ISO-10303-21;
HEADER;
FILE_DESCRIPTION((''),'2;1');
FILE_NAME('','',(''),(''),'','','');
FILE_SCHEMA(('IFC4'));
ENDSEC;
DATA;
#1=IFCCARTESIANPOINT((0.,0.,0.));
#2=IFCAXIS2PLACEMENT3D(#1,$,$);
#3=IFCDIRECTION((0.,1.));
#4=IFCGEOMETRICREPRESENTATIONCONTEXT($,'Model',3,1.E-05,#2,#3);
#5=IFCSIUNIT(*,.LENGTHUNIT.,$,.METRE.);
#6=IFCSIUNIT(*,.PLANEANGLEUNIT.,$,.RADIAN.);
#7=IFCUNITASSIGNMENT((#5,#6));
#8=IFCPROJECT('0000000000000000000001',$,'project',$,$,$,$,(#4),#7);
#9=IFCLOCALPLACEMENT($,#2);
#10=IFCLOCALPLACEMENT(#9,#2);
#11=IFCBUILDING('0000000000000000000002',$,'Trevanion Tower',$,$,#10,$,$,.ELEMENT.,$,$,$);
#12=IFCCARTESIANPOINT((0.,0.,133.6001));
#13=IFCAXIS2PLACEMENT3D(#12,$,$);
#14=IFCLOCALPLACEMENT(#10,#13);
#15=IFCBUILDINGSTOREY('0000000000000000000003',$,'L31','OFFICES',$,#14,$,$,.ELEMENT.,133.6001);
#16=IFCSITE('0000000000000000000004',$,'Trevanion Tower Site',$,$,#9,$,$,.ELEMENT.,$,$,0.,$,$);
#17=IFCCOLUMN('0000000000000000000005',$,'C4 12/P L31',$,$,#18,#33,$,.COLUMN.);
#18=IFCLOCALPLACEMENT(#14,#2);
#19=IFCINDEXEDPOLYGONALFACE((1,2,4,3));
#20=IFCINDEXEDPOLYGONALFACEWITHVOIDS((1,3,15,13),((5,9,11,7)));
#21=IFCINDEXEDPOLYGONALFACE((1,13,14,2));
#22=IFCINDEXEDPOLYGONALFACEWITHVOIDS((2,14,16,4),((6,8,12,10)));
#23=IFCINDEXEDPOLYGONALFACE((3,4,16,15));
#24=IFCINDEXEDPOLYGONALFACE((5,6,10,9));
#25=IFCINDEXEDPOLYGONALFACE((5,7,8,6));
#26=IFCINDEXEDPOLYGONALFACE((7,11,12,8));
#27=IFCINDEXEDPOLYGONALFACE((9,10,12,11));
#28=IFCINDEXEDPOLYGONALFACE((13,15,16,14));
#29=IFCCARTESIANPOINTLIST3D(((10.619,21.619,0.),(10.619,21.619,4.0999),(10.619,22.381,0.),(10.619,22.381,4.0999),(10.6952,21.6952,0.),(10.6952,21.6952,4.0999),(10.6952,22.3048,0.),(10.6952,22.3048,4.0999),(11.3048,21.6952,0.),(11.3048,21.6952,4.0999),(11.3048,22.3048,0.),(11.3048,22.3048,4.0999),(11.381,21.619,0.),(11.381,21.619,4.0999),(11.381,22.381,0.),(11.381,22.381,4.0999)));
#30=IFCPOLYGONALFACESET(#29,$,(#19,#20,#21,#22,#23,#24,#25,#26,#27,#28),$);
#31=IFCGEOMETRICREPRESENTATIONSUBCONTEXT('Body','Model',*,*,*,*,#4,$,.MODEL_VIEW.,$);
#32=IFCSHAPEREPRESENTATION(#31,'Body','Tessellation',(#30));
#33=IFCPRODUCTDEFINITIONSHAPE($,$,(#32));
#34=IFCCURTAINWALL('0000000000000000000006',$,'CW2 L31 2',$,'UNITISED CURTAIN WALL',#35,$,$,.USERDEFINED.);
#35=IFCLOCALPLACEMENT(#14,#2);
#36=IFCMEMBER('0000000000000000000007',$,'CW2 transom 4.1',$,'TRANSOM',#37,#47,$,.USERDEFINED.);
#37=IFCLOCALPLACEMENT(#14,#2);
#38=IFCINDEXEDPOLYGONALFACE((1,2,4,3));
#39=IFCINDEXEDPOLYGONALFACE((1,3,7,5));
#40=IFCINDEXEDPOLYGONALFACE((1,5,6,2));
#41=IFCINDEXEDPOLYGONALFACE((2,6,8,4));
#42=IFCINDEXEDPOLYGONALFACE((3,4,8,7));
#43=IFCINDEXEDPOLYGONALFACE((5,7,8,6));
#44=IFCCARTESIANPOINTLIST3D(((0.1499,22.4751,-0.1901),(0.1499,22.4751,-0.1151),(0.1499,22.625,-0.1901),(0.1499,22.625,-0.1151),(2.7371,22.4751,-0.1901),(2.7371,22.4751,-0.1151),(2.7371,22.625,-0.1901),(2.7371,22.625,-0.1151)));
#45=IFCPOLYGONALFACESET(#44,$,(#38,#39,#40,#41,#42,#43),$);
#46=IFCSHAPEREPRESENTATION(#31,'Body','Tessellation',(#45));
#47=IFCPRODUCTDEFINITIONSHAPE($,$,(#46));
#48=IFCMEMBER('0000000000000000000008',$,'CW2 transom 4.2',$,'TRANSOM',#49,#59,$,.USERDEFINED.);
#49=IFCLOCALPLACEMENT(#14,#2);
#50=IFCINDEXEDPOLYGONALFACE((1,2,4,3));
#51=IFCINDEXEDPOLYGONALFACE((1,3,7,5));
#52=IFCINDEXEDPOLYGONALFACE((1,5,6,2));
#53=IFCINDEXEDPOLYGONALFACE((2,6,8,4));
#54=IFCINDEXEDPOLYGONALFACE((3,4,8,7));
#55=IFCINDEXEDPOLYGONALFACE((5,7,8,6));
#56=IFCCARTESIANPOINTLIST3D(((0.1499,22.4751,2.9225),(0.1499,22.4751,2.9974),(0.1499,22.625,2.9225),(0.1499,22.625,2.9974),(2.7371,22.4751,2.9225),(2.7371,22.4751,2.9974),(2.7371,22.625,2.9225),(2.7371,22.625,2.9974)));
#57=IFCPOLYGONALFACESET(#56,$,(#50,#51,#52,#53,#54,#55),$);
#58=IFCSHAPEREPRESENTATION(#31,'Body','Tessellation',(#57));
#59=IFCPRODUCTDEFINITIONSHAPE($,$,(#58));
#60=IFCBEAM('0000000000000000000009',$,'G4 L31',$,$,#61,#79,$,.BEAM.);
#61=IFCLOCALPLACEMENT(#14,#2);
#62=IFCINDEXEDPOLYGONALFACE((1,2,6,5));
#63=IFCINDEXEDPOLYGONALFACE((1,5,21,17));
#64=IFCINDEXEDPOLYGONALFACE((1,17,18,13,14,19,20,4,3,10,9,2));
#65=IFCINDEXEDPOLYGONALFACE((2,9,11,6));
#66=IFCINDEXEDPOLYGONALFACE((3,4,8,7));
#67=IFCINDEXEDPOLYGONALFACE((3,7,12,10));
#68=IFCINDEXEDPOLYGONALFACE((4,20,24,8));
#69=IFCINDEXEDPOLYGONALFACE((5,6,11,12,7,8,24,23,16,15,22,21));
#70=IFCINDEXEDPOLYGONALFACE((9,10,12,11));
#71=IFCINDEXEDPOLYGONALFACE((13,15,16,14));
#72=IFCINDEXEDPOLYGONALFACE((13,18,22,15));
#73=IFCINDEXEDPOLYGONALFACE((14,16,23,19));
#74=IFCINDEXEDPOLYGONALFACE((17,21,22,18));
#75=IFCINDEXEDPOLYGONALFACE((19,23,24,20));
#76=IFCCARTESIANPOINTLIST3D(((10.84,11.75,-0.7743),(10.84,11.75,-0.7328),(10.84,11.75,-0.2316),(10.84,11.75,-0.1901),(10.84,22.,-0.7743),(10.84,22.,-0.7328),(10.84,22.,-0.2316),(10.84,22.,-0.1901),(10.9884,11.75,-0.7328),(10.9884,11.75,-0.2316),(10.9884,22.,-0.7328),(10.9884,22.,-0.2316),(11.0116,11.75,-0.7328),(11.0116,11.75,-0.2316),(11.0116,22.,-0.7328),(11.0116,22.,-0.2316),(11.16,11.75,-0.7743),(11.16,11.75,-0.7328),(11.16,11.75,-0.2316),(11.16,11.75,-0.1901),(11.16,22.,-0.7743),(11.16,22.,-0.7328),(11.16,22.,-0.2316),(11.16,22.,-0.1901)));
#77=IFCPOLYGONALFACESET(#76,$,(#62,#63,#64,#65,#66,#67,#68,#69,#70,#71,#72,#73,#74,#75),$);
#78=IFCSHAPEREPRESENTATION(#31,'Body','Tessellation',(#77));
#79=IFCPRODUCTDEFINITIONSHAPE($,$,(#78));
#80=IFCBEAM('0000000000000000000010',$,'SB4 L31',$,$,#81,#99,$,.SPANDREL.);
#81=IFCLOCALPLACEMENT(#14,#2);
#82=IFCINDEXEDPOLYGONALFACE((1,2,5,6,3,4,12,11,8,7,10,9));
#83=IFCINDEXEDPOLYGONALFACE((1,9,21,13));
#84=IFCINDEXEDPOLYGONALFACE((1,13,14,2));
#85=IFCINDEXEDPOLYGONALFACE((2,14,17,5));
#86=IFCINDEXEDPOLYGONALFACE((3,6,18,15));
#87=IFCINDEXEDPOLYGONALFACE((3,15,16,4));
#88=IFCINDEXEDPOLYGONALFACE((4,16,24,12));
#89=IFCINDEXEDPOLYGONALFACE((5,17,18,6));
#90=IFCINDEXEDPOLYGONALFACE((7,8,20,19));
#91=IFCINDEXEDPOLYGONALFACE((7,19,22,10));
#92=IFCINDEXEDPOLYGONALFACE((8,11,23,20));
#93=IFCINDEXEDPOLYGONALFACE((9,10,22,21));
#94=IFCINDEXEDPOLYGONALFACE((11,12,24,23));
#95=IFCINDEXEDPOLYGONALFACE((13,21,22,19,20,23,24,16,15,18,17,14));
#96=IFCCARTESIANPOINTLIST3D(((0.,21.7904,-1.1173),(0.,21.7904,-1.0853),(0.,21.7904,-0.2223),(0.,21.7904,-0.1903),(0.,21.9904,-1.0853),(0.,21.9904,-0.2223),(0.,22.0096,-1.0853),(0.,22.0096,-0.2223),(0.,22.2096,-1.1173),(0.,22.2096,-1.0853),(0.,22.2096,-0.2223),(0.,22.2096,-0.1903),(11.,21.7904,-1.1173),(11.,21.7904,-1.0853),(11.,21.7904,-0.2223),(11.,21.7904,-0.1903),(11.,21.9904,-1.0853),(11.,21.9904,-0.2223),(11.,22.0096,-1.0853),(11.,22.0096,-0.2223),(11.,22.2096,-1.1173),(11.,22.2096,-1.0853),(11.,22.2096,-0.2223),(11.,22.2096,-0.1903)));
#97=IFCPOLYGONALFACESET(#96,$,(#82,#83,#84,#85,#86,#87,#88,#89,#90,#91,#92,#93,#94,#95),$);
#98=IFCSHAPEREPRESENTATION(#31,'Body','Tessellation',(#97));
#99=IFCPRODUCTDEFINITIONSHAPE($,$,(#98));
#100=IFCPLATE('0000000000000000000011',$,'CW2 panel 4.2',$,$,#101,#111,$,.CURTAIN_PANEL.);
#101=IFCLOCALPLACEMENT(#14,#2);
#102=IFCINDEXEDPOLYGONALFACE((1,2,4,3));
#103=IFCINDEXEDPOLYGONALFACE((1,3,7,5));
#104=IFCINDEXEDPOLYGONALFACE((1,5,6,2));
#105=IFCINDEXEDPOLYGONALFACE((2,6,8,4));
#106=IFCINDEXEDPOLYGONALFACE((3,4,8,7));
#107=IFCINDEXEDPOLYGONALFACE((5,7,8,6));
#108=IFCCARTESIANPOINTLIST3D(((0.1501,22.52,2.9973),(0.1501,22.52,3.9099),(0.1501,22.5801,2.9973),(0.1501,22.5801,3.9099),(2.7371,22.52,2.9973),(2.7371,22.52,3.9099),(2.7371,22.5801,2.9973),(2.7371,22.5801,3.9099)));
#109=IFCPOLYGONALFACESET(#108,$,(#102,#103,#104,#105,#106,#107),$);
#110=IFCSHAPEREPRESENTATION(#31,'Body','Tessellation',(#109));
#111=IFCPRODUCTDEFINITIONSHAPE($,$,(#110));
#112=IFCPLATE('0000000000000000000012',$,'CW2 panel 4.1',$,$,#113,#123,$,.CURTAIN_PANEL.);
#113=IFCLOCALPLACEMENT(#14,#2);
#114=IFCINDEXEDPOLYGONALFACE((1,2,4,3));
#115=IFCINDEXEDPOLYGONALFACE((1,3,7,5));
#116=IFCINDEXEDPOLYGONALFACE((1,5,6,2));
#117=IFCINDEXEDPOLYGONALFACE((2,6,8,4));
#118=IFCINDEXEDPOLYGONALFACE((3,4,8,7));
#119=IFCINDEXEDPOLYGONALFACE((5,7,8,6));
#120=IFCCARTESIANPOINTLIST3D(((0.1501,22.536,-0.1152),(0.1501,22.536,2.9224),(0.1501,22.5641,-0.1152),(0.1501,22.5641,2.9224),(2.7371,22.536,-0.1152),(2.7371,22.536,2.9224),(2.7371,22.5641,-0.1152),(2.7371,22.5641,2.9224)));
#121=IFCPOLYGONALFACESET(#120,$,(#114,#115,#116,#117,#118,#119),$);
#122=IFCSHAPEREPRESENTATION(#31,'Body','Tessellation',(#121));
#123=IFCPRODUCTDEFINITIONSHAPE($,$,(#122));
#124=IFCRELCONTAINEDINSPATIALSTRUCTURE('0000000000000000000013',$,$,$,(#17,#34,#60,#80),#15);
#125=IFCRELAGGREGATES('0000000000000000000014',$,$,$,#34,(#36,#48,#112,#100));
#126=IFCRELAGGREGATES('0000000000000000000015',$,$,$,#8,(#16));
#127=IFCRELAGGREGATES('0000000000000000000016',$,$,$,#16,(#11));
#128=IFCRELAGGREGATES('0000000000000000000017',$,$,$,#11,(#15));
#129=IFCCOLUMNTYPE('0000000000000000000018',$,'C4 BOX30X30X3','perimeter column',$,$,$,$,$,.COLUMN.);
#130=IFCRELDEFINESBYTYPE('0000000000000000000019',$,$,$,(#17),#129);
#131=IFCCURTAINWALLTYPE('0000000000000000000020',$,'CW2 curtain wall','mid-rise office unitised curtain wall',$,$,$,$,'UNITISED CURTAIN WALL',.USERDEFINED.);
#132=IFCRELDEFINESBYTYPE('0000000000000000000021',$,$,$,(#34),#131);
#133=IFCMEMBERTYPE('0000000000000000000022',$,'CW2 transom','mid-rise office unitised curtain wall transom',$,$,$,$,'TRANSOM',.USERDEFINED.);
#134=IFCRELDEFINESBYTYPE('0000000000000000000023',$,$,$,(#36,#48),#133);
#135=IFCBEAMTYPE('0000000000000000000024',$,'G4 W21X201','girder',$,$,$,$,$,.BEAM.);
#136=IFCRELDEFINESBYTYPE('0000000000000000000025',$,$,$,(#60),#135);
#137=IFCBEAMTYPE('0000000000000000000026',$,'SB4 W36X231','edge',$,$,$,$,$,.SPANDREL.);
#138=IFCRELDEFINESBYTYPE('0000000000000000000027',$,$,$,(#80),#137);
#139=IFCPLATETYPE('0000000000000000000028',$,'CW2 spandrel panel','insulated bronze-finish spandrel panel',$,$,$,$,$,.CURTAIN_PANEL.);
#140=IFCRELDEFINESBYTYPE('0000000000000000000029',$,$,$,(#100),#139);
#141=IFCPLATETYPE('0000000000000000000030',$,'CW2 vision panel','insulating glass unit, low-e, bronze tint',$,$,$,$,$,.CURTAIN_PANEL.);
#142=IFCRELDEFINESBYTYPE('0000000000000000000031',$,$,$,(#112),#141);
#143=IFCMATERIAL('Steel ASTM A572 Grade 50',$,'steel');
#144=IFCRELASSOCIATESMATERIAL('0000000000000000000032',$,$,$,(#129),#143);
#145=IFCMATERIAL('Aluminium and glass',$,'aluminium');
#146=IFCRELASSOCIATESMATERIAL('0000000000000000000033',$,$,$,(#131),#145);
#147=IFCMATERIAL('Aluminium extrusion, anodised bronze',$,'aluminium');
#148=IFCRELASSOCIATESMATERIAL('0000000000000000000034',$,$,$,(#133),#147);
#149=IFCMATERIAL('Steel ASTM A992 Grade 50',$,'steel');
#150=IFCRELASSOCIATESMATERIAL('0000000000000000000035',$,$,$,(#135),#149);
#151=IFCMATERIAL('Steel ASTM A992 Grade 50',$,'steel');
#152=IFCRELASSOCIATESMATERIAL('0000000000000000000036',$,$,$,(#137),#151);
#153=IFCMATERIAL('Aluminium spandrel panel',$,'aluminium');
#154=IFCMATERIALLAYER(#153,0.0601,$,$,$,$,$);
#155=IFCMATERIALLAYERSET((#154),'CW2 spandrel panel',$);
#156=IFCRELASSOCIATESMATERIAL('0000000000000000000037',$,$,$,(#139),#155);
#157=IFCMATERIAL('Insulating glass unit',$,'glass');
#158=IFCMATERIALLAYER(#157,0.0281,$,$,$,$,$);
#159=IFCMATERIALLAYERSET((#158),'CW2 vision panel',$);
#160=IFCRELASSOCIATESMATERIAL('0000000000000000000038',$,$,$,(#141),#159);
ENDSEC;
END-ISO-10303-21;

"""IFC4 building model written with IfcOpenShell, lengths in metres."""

from ifc_helpers import new_model, si_unit, direction, frame, origin, origin_2d, place, context, subcontext, project, spatial, rectangle, hollow_rectangle, i_section, extrude, material, layer, layer_set, material_profile, profile_set, type_object, element, aggregate, save


model = new_model("IFC4")

# Units and contexts
model_context = context("Model", 3, precision=1e-05, world=origin(), true_north=direction((0.0, 1.0)))
body_context = subcontext(model_context, "Body", "Model", "MODEL_VIEW")
ifc_project = project(units=[si_unit("LENGTHUNIT", "METRE"), si_unit("PLANEANGLEUNIT", "RADIAN")], contexts=[model_context])

# Site, building, storey
site_placement = place(None, origin())
site = spatial("IfcSite", under=ifc_project, at=site_placement, Name="Trevanion Tower Site", CompositionType="ELEMENT", RefElevation=0.0)
building_placement = place(site_placement, origin())
building = spatial("IfcBuilding", under=site, at=building_placement, Name="Trevanion Tower", CompositionType="ELEMENT")
storey_placement = place(building_placement, frame((0.0, 0.0, 133.6001)))
storey = spatial("IfcBuildingStorey", under=building, at=storey_placement, Name="L31", Description="OFFICES", CompositionType="ELEMENT", Elevation=133.6001)

# Column
ifc_material_1 = material(Name="Steel ASTM A572 Grade 50", Category="steel")
ifc_material_profile_1 = material_profile(ifc_material_1, hollow_rectangle(XDim=0.762, YDim=0.762, WallThickness=0.0762, at=origin_2d()), Name="BOX30X30X3")
ifc_profile_set_1 = profile_set([ifc_material_profile_1], Name="Steel ASTM A572 Grade 50")
column_type = type_object("IfcColumnType", Name="C4 BOX30X30X3", Description="perimeter column", PredefinedType="COLUMN", material=ifc_profile_set_1)
column_placement = place(storey_placement, frame((11.0, 22.0, 0.0), z_axis=(0.0, 0.0, 1.0), x_axis=(1.0, 0.0, 0.0)))
element("IfcColumn", 1, at=column_placement, inside=storey, type_object=column_type, Name="C4 12/P L31", PredefinedType="COLUMN", context=body_context, shape_type="SweptSolid", body=[
    extrude(hollow_rectangle(XDim=0.762, YDim=0.762, WallThickness=0.0762, at=origin_2d()), origin(), (0.0, 0.0, 1.0), 4.0999),
])

# Curtain wall, members
ifc_material_2 = material(Name="Aluminium and glass", Category="aluminium")
curtain_wall_type = type_object("IfcCurtainWallType", Name="CW2 curtain wall", Description="mid-rise office unitised curtain wall", ElementType="UNITISED CURTAIN WALL", PredefinedType="USERDEFINED", material=ifc_material_2)
curtain_wall_placement = place(storey_placement, origin())
curtain_wall = element("IfcCurtainWall", 2, at=curtain_wall_placement, inside=storey, type_object=curtain_wall_type, Name="CW2 L31 2", ObjectType="UNITISED CURTAIN WALL", PredefinedType="USERDEFINED")
ifc_material_3 = material(Name="Aluminium extrusion, anodised bronze", Category="aluminium")
ifc_material_profile_2 = material_profile(ifc_material_3, rectangle(XDim=0.1499, YDim=0.075, at=origin_2d()), Name="CW2 transom")
ifc_profile_set_2 = profile_set([ifc_material_profile_2], Name="Aluminium extrusion, anodised bronze")
member_type = type_object("IfcMemberType", Name="CW2 transom", Description="mid-rise office unitised curtain wall transom", ElementType="TRANSOM", PredefinedType="USERDEFINED", material=ifc_profile_set_2)
member_1_placement = place(storey_placement, frame((2.7371, 22.55, -0.1526), z_axis=(-1.0, 0.0, 0.0), x_axis=(0.0, -1.0, 0.0)))
member_1 = element("IfcMember", 3, at=member_1_placement, type_object=member_type, Name="CW2 transom 4.1", ObjectType="TRANSOM", PredefinedType="USERDEFINED", context=body_context, shape_type="SweptSolid", body=[
    extrude(rectangle(XDim=0.1499, YDim=0.075, at=origin_2d()), origin(), (0.0, 0.0, 1.0), 2.5872),
])
member_2_placement = place(storey_placement, frame((2.7371, 22.55, 2.96), z_axis=(-1.0, 0.0, 0.0), x_axis=(0.0, -1.0, 0.0)))
member_2 = element("IfcMember", 4, at=member_2_placement, type_object=member_type, Name="CW2 transom 4.2", ObjectType="TRANSOM", PredefinedType="USERDEFINED", context=body_context, shape_type="SweptSolid", body=[
    extrude(rectangle(XDim=0.1499, YDim=0.075, at=origin_2d()), origin(), (0.0, 0.0, 1.0), 2.5872),
])

# Beams
ifc_material_4 = material(Name="Steel ASTM A992 Grade 50", Category="steel")
ifc_material_profile_3 = material_profile(ifc_material_4, i_section(OverallWidth=0.3201, OverallDepth=0.5842, WebThickness=0.0232, FlangeThickness=0.0415, at=origin_2d()), Name="W21X201")
ifc_profile_set_3 = profile_set([ifc_material_profile_3], Name="Steel ASTM A992 Grade 50")
beam_type_1 = type_object("IfcBeamType", Name="G4 W21X201", Description="girder", PredefinedType="BEAM", material=ifc_profile_set_3)
beam_1_placement = place(storey_placement, frame((11.0, 11.75, -0.4822), z_axis=(0.0, 1.0, 0.0), x_axis=(-1.0, 0.0, 0.0)))
element("IfcBeam", 5, at=beam_1_placement, inside=storey, type_object=beam_type_1, Name="G4 L31", PredefinedType="BEAM", context=body_context, shape_type="SweptSolid", body=[
    extrude(i_section(OverallWidth=0.3201, OverallDepth=0.5842, WebThickness=0.0232, FlangeThickness=0.0415, at=origin_2d()), origin(), (0.0, 0.0, 1.0), 10.25),
])
ifc_material_5 = material(Name="Steel ASTM A992 Grade 50", Category="steel")
ifc_material_profile_4 = material_profile(ifc_material_5, i_section(OverallWidth=0.4192, OverallDepth=0.927, WebThickness=0.0193, FlangeThickness=0.032, at=origin_2d()), Name="W36X231")
ifc_profile_set_4 = profile_set([ifc_material_profile_4], Name="Steel ASTM A992 Grade 50")
beam_type_2 = type_object("IfcBeamType", Name="SB4 W36X231", Description="edge", PredefinedType="SPANDREL", material=ifc_profile_set_4)
beam_2_placement = place(storey_placement, frame((11.0, 22.0, -0.6538), z_axis=(-1.0, 0.0, 0.0), x_axis=(0.0, -1.0, 0.0)))
element("IfcBeam", 6, at=beam_2_placement, inside=storey, type_object=beam_type_2, Name="SB4 L31", PredefinedType="SPANDREL", context=body_context, shape_type="SweptSolid", body=[
    extrude(i_section(OverallWidth=0.4192, OverallDepth=0.927, WebThickness=0.0193, FlangeThickness=0.032, at=origin_2d()), origin(), (0.0, 0.0, 1.0), 11.0),
])

# Plates
ifc_material_6 = material(Name="Aluminium spandrel panel", Category="aluminium")
ifc_layer_1 = layer(ifc_material_6, 0.0601)
ifc_layer_set_1 = layer_set([ifc_layer_1], Name="CW2 spandrel panel")
plate_type_1 = type_object("IfcPlateType", Name="CW2 spandrel panel", Description="insulated bronze-finish spandrel panel", PredefinedType="CURTAIN_PANEL", material=ifc_layer_set_1)
plate_1_placement = place(storey_placement, frame((1.4436, 22.55, 2.9973), z_axis=(0.0, 0.0, 1.0), x_axis=(-1.0, 0.0, 0.0)))
plate_1 = element("IfcPlate", 7, at=plate_1_placement, type_object=plate_type_1, Name="CW2 panel 4.2", PredefinedType="CURTAIN_PANEL", context=body_context, shape_type="SweptSolid", body=[
    extrude(rectangle(XDim=2.5869, YDim=0.0601, at=origin_2d()), origin(), (0.0, 0.0, 1.0), 0.9126),
])
ifc_material_7 = material(Name="Insulating glass unit", Category="glass")
ifc_layer_2 = layer(ifc_material_7, 0.0281)
ifc_layer_set_2 = layer_set([ifc_layer_2], Name="CW2 vision panel")
plate_type_2 = type_object("IfcPlateType", Name="CW2 vision panel", Description="insulating glass unit, low-e, bronze tint", PredefinedType="CURTAIN_PANEL", material=ifc_layer_set_2)
plate_2_placement = place(storey_placement, frame((1.4436, 22.55, -0.1152), z_axis=(0.0, 0.0, 1.0), x_axis=(-1.0, 0.0, 0.0)))
plate_2 = element("IfcPlate", 8, at=plate_2_placement, type_object=plate_type_2, Name="CW2 panel 4.1", PredefinedType="CURTAIN_PANEL", context=body_context, shape_type="SweptSolid", body=[
    extrude(rectangle(XDim=2.5869, YDim=0.0281, at=origin_2d()), origin(), (0.0, 0.0, 1.0), 3.0376),
])
aggregate(curtain_wall, [member_1, member_2, plate_2, plate_1])

save(model, "model.ifc")
